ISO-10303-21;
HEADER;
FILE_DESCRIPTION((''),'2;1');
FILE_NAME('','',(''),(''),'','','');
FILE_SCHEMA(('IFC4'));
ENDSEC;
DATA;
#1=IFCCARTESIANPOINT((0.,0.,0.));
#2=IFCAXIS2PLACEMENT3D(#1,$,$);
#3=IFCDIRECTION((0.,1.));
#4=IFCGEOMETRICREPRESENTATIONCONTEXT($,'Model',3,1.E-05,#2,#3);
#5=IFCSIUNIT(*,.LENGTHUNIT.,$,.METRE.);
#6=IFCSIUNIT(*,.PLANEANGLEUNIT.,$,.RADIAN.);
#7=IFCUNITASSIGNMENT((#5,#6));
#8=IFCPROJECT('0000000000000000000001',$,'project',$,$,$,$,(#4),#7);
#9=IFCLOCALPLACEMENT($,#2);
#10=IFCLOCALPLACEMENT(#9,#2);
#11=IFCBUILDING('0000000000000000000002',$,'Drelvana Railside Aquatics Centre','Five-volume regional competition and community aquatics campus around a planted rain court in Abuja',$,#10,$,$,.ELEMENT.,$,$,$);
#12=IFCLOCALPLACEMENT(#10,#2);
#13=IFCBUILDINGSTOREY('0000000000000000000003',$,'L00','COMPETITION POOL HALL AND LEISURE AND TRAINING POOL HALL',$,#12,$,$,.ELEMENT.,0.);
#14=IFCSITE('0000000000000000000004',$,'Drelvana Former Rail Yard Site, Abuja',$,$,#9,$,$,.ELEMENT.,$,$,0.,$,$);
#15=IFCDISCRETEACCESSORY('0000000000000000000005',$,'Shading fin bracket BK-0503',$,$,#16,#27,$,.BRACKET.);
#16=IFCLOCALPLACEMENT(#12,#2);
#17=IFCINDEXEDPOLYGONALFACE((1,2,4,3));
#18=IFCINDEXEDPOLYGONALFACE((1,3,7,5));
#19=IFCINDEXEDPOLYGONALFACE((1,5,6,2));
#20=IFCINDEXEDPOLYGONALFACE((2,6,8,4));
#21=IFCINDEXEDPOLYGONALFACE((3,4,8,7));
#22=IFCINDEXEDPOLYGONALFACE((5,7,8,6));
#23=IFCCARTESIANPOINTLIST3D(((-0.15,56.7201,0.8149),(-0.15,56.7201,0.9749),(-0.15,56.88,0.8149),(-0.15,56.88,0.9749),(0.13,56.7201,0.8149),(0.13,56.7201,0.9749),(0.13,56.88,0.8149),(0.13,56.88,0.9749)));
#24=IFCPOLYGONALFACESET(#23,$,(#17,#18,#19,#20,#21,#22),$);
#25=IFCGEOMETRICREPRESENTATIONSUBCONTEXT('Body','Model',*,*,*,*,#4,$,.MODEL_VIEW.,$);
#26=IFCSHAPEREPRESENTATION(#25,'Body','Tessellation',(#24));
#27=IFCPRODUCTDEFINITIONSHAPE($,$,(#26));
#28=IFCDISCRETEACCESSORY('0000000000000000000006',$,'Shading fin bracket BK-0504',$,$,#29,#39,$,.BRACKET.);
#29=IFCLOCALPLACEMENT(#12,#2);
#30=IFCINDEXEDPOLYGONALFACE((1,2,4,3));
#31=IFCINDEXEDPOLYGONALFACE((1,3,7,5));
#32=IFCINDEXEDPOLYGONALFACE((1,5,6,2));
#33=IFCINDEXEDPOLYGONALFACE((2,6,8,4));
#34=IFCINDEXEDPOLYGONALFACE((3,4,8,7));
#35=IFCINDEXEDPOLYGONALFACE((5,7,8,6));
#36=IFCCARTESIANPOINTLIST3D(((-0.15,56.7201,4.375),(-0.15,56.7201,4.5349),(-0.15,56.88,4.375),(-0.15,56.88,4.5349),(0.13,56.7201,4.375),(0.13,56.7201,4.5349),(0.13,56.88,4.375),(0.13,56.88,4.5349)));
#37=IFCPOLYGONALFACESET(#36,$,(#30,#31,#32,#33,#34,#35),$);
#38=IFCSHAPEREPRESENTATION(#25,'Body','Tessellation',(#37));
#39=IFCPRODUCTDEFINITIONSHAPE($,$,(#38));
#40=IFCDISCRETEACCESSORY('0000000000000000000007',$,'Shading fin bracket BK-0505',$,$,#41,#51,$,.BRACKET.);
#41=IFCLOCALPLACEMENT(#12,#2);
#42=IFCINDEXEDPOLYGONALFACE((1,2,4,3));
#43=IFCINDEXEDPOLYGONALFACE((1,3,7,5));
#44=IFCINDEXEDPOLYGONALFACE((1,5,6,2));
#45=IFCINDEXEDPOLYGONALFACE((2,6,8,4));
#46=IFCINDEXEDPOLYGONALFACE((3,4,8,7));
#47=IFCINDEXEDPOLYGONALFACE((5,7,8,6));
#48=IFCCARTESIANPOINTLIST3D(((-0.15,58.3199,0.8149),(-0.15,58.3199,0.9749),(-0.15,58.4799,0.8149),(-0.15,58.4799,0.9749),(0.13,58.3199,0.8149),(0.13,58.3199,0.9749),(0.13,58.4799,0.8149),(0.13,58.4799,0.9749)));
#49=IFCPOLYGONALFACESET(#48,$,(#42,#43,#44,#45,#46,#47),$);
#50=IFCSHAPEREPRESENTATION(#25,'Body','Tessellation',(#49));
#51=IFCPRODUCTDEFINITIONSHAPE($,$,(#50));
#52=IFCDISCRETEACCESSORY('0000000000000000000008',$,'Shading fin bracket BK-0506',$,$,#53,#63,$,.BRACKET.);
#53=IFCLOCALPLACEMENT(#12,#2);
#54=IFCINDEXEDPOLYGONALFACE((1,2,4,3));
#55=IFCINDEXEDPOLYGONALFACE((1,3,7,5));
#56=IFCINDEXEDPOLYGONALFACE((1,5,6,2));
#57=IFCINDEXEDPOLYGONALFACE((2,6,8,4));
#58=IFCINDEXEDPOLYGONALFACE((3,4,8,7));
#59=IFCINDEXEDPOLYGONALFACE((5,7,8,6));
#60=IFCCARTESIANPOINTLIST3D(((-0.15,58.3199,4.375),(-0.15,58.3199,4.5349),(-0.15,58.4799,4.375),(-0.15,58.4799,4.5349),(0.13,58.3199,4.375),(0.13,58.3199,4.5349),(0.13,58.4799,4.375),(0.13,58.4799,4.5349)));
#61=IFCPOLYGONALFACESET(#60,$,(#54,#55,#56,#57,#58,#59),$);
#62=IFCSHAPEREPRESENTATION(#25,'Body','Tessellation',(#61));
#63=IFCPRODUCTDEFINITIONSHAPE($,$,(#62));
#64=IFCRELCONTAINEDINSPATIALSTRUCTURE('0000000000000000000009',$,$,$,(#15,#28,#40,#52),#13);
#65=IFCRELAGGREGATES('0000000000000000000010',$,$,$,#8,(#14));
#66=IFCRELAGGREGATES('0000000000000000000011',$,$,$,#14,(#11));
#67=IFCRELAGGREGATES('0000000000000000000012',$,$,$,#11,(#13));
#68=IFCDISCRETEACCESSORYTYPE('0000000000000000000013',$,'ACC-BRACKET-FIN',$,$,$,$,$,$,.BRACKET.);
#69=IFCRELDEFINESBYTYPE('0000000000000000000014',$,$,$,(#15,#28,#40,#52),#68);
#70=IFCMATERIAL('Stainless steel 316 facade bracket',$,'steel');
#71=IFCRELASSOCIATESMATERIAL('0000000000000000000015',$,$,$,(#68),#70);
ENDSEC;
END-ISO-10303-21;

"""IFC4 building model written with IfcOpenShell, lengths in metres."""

from ifc_helpers import new_model, si_unit, direction, frame, origin, origin_2d, place, context, subcontext, project, spatial, rectangle, extrude, material, type_object, element, save


model = new_model("IFC4")

# Units and contexts
model_context = context("Model", 3, precision=1e-05, world=origin(), true_north=direction((0.0, 1.0)))
body_context = subcontext(model_context, "Body", "Model", "MODEL_VIEW")
ifc_project = project(units=[si_unit("LENGTHUNIT", "METRE"), si_unit("PLANEANGLEUNIT", "RADIAN")], contexts=[model_context])

# Site, building, storey
site_placement = place(None, origin())
site = spatial("IfcSite", under=ifc_project, at=site_placement, Name="Drelvana Former Rail Yard Site, Abuja", CompositionType="ELEMENT", RefElevation=0.0)
building_placement = place(site_placement, origin())
building = spatial("IfcBuilding", under=site, at=building_placement, Name="Drelvana Railside Aquatics Centre", Description="Five-volume regional competition and community aquatics campus around a planted rain court in Abuja", CompositionType="ELEMENT")
storey_placement = place(building_placement, origin())
storey = spatial("IfcBuildingStorey", under=building, at=storey_placement, Name="L00", Description="COMPETITION POOL HALL AND LEISURE AND TRAINING POOL HALL", CompositionType="ELEMENT", Elevation=0.0)

# Discrete accessories
ifc_material_1 = material(Name="Stainless steel 316 facade bracket", Category="steel")
discrete_accessory_type = type_object("IfcDiscreteAccessoryType", Name="ACC-BRACKET-FIN", PredefinedType="BRACKET", material=ifc_material_1)
for number, where, z_axis, x_axis, name in (
    (1, (-0.01, 56.8, 0.8149), (0.0, 0.0, 1.0), (-1.0, 0.0, 0.0), "Shading fin bracket BK-0503"),
    (2, (-0.01, 56.8, 4.375), (0.0, 0.0, 1.0), (-1.0, 0.0, 0.0), "Shading fin bracket BK-0504"),
    (3, (-0.01, 58.3999, 0.8149), (0.0, 0.0, 1.0), (-1.0, 0.0, 0.0), "Shading fin bracket BK-0505"),
    (4, (-0.01, 58.3999, 4.375), (0.0, 0.0, 1.0), (-1.0, 0.0, 0.0), "Shading fin bracket BK-0506"),
):
    element("IfcDiscreteAccessory", number, at=place(storey_placement, frame(where, z_axis=z_axis, x_axis=x_axis)), inside=storey, type_object=discrete_accessory_type, Name=name, PredefinedType="BRACKET", context=body_context, shape_type="SweptSolid", body=[
        extrude(rectangle(XDim=0.28, YDim=0.1599, at=origin_2d()), origin(), (0.0, 0.0, 1.0), 0.1599),
    ])

save(model, "model.ifc")
